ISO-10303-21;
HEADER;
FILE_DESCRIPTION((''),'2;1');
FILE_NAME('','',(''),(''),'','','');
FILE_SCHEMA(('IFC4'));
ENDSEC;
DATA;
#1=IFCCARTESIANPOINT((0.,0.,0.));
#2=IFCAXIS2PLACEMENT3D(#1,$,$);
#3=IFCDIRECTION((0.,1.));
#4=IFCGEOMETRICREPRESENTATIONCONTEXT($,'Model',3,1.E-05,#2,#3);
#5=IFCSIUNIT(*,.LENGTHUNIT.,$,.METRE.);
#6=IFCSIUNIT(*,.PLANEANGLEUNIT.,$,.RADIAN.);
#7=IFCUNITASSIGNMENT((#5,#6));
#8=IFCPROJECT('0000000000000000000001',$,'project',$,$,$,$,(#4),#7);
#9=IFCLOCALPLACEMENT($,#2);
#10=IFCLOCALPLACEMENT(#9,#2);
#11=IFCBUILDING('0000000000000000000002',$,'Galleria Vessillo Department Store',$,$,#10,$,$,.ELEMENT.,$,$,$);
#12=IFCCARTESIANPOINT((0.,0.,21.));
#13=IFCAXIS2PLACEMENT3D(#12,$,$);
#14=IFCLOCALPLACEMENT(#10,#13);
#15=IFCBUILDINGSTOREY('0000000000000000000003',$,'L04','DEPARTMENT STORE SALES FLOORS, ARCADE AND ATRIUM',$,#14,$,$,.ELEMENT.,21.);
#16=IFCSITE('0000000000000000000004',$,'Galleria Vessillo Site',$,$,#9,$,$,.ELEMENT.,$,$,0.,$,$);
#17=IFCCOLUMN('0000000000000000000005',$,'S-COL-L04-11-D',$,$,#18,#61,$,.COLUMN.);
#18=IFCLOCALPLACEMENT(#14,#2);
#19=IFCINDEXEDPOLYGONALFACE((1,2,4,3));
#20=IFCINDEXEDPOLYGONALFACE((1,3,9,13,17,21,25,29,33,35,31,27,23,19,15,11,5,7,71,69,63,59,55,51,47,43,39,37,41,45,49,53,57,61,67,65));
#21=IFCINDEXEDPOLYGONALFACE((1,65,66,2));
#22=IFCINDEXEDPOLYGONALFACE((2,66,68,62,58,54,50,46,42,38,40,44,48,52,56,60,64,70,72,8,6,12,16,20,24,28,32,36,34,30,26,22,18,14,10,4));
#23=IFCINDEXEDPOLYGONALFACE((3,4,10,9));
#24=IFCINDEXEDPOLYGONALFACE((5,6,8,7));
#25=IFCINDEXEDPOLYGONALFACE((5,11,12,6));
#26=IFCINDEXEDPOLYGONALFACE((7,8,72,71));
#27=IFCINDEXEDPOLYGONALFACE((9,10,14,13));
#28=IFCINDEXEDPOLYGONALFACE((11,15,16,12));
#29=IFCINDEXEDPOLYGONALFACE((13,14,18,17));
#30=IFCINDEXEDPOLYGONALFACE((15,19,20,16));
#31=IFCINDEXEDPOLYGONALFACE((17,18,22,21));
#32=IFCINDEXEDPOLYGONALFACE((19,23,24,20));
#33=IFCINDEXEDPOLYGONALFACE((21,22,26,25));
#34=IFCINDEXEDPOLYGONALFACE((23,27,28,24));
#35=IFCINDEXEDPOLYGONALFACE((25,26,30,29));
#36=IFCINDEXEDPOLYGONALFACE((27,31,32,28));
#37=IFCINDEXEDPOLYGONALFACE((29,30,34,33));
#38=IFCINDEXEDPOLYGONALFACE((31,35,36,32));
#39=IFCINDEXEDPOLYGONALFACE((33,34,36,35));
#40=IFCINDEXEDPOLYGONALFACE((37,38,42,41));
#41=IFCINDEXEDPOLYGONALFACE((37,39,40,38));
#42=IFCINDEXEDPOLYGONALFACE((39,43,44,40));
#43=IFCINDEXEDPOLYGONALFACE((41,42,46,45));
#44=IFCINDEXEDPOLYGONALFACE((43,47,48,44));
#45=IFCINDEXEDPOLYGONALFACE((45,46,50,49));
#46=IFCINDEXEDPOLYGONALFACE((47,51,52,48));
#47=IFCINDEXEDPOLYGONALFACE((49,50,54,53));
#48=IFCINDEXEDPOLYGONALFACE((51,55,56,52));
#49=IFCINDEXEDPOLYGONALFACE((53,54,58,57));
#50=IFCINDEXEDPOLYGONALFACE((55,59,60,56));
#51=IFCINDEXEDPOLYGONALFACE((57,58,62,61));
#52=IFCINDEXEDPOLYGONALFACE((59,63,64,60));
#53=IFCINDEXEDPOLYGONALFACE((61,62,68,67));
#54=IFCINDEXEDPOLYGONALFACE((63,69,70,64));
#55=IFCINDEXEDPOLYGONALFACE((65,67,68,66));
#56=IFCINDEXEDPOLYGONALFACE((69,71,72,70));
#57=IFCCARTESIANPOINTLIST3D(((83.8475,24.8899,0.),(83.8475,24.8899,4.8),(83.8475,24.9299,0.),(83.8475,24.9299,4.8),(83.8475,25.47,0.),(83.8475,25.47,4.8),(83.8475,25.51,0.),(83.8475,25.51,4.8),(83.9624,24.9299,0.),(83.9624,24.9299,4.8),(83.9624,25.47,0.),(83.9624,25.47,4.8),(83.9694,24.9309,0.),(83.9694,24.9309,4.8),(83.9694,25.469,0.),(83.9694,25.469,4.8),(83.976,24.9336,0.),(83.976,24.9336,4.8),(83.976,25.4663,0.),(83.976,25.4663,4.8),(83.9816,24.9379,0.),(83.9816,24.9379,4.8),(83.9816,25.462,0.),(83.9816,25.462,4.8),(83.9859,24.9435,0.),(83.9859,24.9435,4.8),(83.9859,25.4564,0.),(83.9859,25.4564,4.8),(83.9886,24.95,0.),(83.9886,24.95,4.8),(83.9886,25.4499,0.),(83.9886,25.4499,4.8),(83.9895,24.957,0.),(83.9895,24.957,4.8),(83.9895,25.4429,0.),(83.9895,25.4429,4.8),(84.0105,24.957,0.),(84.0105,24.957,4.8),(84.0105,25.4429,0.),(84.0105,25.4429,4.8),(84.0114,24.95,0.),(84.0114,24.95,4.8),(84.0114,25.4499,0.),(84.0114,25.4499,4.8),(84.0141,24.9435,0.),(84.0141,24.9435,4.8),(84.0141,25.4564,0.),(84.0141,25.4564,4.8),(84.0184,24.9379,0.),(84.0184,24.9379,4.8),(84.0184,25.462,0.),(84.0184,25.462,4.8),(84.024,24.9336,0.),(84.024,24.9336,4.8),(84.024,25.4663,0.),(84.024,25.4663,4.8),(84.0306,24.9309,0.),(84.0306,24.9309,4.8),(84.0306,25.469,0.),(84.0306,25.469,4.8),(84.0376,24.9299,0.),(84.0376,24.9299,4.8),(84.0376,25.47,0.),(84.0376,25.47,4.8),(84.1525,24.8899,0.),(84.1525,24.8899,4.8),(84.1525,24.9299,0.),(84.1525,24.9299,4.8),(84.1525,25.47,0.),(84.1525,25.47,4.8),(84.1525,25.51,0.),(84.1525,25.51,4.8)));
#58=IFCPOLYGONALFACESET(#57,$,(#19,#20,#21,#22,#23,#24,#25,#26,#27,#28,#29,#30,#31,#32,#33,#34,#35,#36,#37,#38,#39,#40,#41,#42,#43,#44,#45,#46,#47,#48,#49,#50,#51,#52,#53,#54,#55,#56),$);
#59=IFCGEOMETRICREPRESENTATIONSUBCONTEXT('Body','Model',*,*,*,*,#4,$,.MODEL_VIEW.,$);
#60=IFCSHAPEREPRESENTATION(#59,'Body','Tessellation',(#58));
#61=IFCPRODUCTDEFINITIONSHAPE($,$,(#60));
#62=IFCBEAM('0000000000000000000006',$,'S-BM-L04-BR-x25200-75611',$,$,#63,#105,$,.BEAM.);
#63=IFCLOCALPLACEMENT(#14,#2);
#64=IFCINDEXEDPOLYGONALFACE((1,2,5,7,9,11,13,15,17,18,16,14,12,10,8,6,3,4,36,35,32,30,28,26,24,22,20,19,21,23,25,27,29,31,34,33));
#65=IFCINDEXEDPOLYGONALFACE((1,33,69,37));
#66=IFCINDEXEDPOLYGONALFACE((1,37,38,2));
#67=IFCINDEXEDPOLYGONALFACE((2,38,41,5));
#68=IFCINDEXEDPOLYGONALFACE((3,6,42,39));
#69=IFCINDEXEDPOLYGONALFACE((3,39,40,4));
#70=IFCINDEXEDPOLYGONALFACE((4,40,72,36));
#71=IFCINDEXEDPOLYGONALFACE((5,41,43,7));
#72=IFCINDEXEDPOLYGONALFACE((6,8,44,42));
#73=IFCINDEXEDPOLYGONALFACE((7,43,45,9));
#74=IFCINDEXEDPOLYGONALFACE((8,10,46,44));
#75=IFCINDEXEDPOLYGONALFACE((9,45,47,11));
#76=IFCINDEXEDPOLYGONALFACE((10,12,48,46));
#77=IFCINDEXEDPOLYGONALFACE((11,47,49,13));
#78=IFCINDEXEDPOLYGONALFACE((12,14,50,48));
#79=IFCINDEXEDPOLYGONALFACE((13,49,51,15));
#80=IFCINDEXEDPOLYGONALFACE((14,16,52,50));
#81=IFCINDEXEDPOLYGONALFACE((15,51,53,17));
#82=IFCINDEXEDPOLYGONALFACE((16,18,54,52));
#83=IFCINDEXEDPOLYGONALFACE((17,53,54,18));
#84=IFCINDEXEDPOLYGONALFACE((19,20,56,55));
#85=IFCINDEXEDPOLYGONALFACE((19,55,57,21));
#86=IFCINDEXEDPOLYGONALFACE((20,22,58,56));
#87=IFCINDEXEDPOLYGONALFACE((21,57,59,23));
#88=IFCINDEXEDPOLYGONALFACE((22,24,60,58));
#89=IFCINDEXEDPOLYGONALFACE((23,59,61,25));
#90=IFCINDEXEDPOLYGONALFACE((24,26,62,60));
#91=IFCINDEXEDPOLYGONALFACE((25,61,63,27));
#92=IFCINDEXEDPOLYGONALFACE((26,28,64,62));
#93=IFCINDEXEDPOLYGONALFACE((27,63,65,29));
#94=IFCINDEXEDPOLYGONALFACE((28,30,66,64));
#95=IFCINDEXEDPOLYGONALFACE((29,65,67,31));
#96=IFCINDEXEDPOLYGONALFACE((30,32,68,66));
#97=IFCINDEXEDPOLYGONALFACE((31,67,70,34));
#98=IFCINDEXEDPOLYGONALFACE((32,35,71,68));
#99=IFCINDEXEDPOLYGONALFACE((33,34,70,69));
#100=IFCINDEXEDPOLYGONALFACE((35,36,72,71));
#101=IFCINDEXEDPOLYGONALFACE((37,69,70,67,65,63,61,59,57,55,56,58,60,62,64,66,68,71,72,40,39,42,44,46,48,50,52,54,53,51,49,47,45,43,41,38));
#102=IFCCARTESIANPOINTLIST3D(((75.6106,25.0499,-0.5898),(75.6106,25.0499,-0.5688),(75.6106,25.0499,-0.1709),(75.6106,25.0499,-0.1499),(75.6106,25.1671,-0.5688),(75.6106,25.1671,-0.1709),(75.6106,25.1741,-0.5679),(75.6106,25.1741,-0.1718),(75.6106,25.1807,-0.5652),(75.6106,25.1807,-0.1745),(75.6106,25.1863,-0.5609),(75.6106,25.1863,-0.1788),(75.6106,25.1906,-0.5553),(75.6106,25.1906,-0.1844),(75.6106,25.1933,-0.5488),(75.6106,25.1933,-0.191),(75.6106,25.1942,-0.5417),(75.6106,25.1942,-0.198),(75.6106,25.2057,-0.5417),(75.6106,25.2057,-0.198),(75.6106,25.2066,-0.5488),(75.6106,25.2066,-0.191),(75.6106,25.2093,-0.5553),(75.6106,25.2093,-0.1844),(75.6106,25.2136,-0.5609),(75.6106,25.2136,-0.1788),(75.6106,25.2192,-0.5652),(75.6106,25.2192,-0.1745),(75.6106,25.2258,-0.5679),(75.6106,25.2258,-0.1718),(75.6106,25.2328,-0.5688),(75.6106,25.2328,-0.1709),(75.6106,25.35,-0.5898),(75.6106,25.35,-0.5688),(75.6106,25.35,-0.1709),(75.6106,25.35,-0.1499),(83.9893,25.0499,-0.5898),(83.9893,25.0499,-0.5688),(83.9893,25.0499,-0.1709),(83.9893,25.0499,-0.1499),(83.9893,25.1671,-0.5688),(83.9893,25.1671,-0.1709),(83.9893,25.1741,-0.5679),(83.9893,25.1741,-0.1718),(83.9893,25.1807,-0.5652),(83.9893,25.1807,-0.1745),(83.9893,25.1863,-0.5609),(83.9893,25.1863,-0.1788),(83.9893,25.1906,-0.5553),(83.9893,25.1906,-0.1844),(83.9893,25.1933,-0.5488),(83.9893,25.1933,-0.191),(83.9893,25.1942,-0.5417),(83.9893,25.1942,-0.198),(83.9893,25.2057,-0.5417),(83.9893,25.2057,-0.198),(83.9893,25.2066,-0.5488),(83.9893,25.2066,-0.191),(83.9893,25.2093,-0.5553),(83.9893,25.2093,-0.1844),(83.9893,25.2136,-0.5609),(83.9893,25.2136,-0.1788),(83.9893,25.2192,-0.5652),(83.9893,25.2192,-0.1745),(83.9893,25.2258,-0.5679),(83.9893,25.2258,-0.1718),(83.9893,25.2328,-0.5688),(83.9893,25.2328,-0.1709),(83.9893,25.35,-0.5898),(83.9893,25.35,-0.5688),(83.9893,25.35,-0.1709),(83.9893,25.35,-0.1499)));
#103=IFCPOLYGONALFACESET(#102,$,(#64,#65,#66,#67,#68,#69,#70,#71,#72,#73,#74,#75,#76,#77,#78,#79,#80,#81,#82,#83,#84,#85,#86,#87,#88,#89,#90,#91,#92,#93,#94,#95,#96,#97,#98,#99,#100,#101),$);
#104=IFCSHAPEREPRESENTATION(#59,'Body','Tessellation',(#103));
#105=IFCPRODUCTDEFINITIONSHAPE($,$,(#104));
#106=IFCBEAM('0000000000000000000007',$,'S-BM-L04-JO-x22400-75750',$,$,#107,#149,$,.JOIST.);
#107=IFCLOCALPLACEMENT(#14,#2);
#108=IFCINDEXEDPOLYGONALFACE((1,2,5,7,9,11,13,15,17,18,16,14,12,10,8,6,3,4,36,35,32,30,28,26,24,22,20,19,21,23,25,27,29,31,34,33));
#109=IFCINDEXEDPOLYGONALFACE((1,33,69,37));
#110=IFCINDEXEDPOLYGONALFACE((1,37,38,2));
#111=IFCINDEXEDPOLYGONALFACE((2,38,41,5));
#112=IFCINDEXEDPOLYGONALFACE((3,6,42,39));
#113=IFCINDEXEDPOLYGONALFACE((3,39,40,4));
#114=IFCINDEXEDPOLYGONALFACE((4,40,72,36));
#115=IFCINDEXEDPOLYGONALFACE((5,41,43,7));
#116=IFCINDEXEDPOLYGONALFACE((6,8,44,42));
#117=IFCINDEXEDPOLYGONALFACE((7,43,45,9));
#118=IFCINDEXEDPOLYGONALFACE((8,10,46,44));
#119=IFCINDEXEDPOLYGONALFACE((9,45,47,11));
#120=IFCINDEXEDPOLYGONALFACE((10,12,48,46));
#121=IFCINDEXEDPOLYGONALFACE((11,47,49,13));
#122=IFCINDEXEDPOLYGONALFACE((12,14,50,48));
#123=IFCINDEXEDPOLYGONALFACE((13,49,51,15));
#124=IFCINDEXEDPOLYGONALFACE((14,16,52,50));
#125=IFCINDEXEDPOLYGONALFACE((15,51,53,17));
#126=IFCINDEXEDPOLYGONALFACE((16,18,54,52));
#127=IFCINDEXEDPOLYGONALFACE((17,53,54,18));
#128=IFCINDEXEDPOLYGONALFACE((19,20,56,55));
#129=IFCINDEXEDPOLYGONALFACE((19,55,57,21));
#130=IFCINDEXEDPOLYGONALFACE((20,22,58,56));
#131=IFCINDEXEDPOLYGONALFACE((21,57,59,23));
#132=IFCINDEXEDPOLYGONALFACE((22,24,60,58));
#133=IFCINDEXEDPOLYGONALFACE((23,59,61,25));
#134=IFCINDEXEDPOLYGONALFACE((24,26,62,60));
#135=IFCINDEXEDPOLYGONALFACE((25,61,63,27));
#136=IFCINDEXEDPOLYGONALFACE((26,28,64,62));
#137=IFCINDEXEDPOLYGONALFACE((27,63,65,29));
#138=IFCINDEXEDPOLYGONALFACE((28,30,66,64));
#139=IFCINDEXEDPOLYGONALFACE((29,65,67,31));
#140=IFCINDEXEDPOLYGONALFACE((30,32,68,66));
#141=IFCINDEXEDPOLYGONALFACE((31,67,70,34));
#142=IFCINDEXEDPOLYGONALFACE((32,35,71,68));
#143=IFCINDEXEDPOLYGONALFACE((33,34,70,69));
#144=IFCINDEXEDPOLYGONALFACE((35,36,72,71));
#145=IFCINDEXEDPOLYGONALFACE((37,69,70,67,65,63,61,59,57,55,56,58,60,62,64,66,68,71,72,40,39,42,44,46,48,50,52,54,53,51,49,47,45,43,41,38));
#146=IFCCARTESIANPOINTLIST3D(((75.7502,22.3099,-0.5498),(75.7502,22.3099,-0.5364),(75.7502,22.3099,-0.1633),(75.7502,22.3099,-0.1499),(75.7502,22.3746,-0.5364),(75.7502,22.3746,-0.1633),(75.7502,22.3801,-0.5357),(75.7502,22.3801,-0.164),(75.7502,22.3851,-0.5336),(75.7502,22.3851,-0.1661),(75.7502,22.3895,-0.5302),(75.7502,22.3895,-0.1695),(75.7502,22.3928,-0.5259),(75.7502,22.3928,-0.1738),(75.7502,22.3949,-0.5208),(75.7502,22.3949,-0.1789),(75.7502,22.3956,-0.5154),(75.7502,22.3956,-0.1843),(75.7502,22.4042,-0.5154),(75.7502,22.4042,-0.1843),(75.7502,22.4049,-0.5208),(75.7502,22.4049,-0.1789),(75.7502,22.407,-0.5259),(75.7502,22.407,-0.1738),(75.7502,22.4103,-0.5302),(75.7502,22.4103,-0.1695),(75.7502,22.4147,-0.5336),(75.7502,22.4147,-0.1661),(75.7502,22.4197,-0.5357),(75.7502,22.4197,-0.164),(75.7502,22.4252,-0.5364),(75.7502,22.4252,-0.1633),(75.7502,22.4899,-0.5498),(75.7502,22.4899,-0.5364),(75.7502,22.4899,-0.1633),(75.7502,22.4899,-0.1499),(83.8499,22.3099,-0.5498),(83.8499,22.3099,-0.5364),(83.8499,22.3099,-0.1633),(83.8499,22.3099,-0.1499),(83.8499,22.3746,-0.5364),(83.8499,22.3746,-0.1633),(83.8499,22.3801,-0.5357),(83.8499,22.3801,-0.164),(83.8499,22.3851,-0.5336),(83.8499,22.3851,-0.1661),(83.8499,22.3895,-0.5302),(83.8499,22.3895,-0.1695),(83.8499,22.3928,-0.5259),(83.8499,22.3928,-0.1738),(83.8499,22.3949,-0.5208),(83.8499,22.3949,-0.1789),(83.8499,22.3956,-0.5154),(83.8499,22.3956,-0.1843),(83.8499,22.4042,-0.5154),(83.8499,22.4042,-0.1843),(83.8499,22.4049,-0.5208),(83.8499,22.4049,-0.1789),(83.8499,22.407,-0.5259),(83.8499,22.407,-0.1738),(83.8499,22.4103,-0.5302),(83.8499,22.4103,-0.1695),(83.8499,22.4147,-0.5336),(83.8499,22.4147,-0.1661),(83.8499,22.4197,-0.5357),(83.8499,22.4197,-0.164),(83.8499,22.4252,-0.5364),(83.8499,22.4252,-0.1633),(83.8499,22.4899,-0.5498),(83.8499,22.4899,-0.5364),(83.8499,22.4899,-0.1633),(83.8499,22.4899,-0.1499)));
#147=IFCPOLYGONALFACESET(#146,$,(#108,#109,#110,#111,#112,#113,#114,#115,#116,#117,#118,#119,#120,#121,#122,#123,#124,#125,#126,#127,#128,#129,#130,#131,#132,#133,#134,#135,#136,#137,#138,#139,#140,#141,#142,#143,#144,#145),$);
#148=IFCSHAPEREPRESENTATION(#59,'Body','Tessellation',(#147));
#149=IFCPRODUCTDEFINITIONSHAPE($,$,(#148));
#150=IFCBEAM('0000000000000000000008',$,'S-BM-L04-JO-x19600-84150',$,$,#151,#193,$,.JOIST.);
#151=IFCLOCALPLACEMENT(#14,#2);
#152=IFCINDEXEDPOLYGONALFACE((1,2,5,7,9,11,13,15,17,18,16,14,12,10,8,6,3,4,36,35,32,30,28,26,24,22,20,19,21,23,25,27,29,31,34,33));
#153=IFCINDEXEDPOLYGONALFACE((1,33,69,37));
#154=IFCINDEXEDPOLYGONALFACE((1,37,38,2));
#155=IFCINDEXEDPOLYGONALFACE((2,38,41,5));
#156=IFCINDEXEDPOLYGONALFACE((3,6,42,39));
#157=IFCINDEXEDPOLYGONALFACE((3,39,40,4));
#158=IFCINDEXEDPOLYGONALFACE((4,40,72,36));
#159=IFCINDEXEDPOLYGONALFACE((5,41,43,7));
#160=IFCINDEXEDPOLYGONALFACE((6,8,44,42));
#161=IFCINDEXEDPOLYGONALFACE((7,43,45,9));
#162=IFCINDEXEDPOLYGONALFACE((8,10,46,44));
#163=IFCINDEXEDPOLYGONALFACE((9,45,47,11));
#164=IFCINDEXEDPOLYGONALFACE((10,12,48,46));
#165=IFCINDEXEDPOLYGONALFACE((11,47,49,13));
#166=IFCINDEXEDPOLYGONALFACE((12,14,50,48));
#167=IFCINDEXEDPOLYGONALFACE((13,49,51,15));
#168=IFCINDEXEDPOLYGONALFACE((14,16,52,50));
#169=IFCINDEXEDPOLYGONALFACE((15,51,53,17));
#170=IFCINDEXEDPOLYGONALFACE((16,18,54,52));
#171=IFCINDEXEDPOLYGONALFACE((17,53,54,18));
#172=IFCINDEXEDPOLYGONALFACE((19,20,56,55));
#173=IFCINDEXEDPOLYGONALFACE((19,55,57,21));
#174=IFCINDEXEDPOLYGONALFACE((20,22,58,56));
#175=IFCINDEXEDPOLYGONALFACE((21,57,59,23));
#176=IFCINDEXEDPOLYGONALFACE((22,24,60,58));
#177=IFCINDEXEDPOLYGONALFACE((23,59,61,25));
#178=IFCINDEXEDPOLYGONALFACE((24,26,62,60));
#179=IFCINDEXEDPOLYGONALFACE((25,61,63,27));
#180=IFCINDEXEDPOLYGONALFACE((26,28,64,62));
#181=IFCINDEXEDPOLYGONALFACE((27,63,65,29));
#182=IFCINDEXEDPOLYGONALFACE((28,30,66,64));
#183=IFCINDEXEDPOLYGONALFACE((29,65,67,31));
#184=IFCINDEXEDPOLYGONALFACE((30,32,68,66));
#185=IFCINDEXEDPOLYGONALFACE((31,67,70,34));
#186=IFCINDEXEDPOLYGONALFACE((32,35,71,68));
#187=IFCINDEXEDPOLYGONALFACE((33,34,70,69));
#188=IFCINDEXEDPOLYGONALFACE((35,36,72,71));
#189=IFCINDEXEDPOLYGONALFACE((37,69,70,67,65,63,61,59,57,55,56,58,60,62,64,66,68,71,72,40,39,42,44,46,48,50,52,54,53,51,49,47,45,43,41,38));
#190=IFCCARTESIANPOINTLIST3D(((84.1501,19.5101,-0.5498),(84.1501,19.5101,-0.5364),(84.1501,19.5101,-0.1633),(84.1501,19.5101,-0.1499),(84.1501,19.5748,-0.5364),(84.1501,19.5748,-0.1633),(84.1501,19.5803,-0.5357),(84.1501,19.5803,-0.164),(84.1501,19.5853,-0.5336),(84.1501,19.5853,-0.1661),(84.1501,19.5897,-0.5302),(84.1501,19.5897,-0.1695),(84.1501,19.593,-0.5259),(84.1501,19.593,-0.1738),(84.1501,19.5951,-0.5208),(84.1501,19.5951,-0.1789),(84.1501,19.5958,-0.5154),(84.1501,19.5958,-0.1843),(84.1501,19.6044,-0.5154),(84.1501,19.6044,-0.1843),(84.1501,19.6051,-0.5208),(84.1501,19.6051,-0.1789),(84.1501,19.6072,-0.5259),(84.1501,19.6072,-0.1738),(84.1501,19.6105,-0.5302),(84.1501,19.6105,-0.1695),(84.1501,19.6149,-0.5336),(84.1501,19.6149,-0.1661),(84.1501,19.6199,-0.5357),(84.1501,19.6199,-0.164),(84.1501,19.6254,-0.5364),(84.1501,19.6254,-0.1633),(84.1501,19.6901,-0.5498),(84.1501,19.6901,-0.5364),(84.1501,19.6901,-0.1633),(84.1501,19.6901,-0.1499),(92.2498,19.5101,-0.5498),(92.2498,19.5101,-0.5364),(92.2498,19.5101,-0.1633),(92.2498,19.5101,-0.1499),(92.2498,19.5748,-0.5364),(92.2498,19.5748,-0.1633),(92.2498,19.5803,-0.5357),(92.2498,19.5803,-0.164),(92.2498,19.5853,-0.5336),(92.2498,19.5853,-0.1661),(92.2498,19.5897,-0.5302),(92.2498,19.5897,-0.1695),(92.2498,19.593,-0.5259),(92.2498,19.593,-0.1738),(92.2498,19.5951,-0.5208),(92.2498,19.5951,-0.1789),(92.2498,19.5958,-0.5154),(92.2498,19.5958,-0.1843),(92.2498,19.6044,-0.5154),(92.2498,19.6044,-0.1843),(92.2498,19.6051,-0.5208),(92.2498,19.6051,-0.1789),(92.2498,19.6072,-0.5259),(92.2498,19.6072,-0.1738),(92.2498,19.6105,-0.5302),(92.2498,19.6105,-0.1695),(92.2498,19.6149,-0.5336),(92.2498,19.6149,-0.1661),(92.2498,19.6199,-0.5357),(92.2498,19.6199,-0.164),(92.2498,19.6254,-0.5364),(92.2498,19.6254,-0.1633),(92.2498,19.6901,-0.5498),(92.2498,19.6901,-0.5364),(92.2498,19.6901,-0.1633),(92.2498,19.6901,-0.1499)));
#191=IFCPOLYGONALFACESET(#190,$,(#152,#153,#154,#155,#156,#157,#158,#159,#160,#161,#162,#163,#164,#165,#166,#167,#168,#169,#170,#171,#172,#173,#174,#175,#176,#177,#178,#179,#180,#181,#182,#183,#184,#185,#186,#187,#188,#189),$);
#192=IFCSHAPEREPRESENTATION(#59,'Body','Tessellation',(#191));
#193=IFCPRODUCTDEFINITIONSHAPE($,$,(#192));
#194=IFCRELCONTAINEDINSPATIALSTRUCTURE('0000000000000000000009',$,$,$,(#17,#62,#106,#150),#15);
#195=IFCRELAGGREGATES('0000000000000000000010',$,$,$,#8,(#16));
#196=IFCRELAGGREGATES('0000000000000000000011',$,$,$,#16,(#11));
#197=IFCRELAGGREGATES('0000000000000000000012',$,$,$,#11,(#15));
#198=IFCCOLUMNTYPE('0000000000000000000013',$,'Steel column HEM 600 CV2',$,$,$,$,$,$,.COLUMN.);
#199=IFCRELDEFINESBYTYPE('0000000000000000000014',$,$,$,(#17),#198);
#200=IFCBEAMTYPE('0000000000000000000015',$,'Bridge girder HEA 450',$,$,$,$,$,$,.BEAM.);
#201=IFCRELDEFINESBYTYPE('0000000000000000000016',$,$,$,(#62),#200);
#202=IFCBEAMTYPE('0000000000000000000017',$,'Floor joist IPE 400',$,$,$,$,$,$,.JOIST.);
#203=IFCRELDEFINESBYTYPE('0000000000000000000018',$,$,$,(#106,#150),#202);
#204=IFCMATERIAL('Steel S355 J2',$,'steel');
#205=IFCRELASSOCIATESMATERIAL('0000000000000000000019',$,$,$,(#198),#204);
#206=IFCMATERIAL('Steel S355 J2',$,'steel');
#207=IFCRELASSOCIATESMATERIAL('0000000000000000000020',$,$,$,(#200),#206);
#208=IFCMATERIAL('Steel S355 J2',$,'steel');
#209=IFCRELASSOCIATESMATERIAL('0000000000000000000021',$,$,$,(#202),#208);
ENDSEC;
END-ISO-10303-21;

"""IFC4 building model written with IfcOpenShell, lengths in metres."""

from ifc_helpers import new_model, si_unit, direction, frame, origin, origin_2d, place, context, subcontext, project, spatial, i_section, extrude, material, material_profile, profile_set, type_object, element, save


model = new_model("IFC4")

# Units and contexts
model_context = context("Model", 3, precision=1e-05, world=origin(), true_north=direction((0.0, 1.0)))
body_context = subcontext(model_context, "Body", "Model", "MODEL_VIEW")
ifc_project = project(units=[si_unit("LENGTHUNIT", "METRE"), si_unit("PLANEANGLEUNIT", "RADIAN")], contexts=[model_context])

# Site, building, storey
site_placement = place(None, origin())
site = spatial("IfcSite", under=ifc_project, at=site_placement, Name="Galleria Vessillo Site", CompositionType="ELEMENT", RefElevation=0.0)
building_placement = place(site_placement, origin())
building = spatial("IfcBuilding", under=site, at=building_placement, Name="Galleria Vessillo Department Store", CompositionType="ELEMENT")
storey_placement = place(building_placement, frame((0.0, 0.0, 21.0)))
storey = spatial("IfcBuildingStorey", under=building, at=storey_placement, Name="L04", Description="DEPARTMENT STORE SALES FLOORS, ARCADE AND ATRIUM", CompositionType="ELEMENT", Elevation=21.0)

# Column
ifc_material_1 = material(Name="Steel S355 J2", Category="steel")
ifc_material_profile_1 = material_profile(ifc_material_1, i_section(OverallWidth=0.3049, OverallDepth=0.6201, WebThickness=0.021, FlangeThickness=0.04, FilletRadius=0.0271, at=origin_2d()), Name="HEM 600")
ifc_profile_set_1 = profile_set([ifc_material_profile_1], Name="Steel S355 J2")
column_type = type_object("IfcColumnType", Name="Steel column HEM 600 CV2", PredefinedType="COLUMN", material=ifc_profile_set_1)
column_placement = place(storey_placement, frame((84.0, 25.2, 0.0), z_axis=(0.0, 0.0, 1.0), x_axis=(1.0, 0.0, 0.0)))
element("IfcColumn", 1, at=column_placement, inside=storey, type_object=column_type, Name="S-COL-L04-11-D", PredefinedType="COLUMN", context=body_context, shape_type="SweptSolid", body=[
    extrude(i_section(OverallWidth=0.3049, OverallDepth=0.6201, WebThickness=0.021, FlangeThickness=0.04, FilletRadius=0.0271, at=origin_2d()), origin(), (0.0, 0.0, 1.0), 4.8),
])

# Beams
ifc_material_2 = material(Name="Steel S355 J2", Category="steel")
ifc_material_profile_2 = material_profile(ifc_material_2, i_section(OverallWidth=0.3, OverallDepth=0.4399, WebThickness=0.0115, FlangeThickness=0.021, FilletRadius=0.0271, at=origin_2d()), Name="HEA 450")
ifc_profile_set_2 = profile_set([ifc_material_profile_2], Name="Steel S355 J2")
beam_type_1 = type_object("IfcBeamType", Name="Bridge girder HEA 450", PredefinedType="BEAM", material=ifc_profile_set_2)
beam_1_placement = place(storey_placement, frame((75.6106, 25.2, -0.3699), z_axis=(1.0, 0.0, 0.0), x_axis=(0.0, 1.0, 0.0)))
element("IfcBeam", 2, at=beam_1_placement, inside=storey, type_object=beam_type_1, Name="S-BM-L04-BR-x25200-75611", PredefinedType="BEAM", context=body_context, shape_type="SweptSolid", body=[
    extrude(i_section(OverallWidth=0.3, OverallDepth=0.4399, WebThickness=0.0115, FlangeThickness=0.021, FilletRadius=0.0271, at=origin_2d()), origin(), (0.0, 0.0, 1.0), 8.3787),
])
ifc_material_3 = material(Name="Steel S355 J2", Category="steel")
ifc_material_profile_3 = material_profile(ifc_material_3, i_section(OverallWidth=0.1799, OverallDepth=0.3999, WebThickness=0.0085, FlangeThickness=0.0134, FilletRadius=0.021, at=origin_2d()), Name="IPE 400")
ifc_profile_set_3 = profile_set([ifc_material_profile_3], Name="Steel S355 J2")
beam_type_2 = type_object("IfcBeamType", Name="Floor joist IPE 400", PredefinedType="JOIST", material=ifc_profile_set_3)
for number, where, z_axis, x_axis, name in (
    (3, (75.7502, 22.3999, -0.3499), (1.0, 0.0, 0.0), (0.0, 1.0, 0.0), "S-BM-L04-JO-x22400-75750"),
    (4, (84.1501, 19.6001, -0.3499), (1.0, 0.0, 0.0), (0.0, 1.0, 0.0), "S-BM-L04-JO-x19600-84150"),
):
    element("IfcBeam", number, at=place(storey_placement, frame(where, z_axis=z_axis, x_axis=x_axis)), inside=storey, type_object=beam_type_2, Name=name, PredefinedType="JOIST", context=body_context, shape_type="SweptSolid", body=[
        extrude(i_section(OverallWidth=0.1799, OverallDepth=0.3999, WebThickness=0.0085, FlangeThickness=0.0134, FilletRadius=0.021, at=origin_2d()), origin(), (0.0, 0.0, 1.0), 8.0996),
    ])

save(model, "model.ifc")
